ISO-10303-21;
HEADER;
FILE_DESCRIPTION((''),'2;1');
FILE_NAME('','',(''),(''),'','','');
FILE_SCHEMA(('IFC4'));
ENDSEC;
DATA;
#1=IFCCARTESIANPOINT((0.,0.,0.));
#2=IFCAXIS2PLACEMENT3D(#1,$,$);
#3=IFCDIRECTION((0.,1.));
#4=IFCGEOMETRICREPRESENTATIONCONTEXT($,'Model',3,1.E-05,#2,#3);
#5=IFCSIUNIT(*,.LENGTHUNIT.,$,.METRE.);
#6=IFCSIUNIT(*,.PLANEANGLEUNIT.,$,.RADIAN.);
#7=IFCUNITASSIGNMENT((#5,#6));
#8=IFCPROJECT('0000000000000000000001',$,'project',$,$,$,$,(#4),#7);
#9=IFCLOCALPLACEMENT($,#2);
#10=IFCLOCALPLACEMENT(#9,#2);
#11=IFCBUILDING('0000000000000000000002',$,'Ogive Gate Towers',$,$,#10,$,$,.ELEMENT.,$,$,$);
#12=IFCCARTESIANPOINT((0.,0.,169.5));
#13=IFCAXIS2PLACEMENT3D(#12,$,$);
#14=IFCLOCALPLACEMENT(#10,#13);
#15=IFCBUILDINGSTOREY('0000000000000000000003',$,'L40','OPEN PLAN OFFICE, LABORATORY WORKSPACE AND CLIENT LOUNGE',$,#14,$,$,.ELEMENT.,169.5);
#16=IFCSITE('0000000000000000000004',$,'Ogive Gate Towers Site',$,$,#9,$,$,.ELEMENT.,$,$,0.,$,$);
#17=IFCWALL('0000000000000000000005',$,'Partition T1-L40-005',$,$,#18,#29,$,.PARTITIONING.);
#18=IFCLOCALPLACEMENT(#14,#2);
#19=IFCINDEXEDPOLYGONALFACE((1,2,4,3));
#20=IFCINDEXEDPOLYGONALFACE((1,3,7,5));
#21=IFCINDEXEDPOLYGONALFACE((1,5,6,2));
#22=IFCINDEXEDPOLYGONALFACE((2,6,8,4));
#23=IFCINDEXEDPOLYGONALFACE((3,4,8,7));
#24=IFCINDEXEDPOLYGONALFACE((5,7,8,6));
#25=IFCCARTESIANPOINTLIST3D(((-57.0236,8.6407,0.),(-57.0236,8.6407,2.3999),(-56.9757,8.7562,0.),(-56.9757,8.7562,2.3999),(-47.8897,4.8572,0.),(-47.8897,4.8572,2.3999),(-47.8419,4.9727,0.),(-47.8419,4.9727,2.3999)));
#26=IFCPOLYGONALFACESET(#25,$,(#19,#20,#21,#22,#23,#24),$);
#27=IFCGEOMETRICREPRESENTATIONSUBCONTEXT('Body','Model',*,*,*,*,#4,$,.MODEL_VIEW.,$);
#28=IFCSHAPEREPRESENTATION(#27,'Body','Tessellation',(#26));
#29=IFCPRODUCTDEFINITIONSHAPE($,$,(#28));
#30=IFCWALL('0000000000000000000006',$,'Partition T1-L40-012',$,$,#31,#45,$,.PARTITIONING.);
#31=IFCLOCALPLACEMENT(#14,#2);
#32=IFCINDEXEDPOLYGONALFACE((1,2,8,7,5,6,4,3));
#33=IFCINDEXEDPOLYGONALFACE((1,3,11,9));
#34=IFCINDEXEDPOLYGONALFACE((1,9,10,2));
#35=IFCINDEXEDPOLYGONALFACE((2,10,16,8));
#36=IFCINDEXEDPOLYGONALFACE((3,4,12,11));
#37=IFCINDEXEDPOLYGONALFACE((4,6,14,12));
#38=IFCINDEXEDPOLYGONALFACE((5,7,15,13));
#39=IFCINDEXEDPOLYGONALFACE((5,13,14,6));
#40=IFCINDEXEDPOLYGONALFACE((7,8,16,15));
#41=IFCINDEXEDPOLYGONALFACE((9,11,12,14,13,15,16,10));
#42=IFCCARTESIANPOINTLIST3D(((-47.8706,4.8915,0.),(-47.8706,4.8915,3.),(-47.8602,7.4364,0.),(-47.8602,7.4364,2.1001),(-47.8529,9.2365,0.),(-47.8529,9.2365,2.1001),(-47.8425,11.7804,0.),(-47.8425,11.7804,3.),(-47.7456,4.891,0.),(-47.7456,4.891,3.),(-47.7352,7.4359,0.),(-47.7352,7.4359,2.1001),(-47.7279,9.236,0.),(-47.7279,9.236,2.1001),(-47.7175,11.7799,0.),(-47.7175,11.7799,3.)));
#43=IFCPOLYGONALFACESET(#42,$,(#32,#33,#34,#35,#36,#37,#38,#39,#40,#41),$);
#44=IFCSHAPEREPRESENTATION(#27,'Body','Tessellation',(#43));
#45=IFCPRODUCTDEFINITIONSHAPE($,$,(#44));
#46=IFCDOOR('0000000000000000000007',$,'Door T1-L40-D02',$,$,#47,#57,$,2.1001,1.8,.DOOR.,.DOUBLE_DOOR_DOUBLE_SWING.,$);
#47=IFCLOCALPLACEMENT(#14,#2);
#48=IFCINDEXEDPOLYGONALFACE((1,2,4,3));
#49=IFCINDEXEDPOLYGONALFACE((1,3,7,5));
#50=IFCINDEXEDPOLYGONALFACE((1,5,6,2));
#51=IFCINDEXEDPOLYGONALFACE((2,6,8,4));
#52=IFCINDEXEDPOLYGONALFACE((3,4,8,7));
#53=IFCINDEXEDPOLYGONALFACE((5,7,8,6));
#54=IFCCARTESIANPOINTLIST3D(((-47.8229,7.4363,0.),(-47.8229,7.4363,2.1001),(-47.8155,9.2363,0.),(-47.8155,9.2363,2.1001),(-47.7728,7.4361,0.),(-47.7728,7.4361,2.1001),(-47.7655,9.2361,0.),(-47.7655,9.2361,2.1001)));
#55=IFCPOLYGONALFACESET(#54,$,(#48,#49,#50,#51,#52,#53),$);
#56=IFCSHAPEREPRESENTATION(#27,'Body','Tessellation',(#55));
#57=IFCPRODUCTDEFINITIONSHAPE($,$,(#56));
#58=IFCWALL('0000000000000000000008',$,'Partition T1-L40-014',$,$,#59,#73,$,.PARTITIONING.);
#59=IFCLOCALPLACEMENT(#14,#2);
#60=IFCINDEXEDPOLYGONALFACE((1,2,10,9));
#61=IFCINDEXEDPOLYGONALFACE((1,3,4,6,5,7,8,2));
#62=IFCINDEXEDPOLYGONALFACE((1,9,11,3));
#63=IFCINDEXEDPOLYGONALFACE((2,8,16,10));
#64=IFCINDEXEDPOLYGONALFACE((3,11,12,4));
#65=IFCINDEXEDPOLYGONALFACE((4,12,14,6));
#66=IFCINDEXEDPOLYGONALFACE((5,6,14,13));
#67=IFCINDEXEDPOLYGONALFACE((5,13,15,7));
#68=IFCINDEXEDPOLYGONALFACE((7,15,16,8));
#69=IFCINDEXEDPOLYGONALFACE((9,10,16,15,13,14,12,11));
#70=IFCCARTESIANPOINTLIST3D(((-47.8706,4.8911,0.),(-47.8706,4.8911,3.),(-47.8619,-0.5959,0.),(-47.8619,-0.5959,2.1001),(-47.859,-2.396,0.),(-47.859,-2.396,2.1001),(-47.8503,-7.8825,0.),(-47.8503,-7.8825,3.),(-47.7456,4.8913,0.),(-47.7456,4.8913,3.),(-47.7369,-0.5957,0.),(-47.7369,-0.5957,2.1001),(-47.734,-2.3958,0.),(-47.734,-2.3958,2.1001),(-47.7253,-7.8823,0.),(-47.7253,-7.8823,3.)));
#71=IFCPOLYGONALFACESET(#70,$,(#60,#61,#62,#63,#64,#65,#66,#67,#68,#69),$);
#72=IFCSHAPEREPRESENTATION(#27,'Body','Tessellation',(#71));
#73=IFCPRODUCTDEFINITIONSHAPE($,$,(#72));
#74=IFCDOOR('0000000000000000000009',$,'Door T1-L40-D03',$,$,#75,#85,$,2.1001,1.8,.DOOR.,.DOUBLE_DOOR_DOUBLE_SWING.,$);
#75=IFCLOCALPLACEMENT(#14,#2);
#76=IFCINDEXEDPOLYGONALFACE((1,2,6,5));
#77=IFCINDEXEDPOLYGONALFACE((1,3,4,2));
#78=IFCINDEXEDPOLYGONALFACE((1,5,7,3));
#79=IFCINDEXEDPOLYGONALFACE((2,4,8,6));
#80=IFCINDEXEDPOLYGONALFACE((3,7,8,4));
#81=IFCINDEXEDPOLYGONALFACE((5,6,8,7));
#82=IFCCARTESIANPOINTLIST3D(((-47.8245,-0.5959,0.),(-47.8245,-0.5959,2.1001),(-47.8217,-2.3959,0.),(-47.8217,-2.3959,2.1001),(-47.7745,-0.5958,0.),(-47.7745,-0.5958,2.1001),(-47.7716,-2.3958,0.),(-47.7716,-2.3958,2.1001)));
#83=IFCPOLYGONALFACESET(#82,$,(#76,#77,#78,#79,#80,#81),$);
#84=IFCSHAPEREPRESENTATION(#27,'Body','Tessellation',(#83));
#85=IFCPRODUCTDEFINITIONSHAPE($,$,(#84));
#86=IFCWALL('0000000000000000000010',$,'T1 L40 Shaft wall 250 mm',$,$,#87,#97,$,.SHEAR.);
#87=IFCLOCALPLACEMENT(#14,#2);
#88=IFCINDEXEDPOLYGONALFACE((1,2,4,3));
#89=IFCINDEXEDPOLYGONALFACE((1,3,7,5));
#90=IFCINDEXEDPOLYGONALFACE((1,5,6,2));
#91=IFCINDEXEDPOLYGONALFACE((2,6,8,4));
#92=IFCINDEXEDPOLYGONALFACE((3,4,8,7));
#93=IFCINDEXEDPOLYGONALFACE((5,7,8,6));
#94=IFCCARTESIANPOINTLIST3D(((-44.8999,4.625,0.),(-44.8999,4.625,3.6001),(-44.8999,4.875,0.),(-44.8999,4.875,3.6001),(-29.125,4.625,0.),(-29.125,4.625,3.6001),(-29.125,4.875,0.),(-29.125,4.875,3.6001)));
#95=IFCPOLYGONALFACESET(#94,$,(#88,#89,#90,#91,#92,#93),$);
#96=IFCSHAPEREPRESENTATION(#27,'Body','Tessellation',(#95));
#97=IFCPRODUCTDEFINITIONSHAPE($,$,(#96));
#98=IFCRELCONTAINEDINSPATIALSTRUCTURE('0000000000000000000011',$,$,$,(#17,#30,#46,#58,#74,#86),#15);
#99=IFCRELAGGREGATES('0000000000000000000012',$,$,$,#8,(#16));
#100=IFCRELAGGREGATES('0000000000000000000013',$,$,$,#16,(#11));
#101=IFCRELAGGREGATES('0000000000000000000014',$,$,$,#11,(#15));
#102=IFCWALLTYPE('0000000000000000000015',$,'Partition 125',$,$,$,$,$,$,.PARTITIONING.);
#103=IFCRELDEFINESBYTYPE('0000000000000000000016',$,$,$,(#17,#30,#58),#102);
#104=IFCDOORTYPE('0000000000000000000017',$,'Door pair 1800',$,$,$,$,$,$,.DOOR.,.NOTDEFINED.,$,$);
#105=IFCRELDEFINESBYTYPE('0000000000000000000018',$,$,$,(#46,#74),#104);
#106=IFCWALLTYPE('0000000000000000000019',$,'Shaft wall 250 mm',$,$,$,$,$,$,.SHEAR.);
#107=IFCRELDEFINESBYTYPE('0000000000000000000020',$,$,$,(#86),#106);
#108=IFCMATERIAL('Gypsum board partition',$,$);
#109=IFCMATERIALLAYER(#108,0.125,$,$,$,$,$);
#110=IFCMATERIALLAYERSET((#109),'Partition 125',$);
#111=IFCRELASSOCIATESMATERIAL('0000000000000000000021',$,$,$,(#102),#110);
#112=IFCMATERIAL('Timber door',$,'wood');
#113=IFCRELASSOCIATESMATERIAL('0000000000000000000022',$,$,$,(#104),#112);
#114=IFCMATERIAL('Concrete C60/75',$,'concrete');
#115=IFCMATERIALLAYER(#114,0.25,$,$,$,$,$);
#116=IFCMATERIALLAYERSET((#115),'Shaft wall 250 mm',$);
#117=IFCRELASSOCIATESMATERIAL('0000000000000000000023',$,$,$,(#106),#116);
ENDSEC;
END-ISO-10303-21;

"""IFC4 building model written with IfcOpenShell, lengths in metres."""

from ifc_helpers import new_model, si_unit, direction, frame, frame_2d, origin, place, context, subcontext, project, spatial, rectangle, extrude, material, layer, layer_set, type_object, element, fill, save


model = new_model("IFC4")

# Units and contexts
model_context = context("Model", 3, precision=1e-05, world=origin(), true_north=direction((0.0, 1.0)))
body_context = subcontext(model_context, "Body", "Model", "MODEL_VIEW")
ifc_project = project(units=[si_unit("LENGTHUNIT", "METRE"), si_unit("PLANEANGLEUNIT", "RADIAN")], contexts=[model_context])

# Site, building, storey
site_placement = place(None, origin())
site = spatial("IfcSite", under=ifc_project, at=site_placement, Name="Ogive Gate Towers Site", CompositionType="ELEMENT", RefElevation=0.0)
building_placement = place(site_placement, origin())
building = spatial("IfcBuilding", under=site, at=building_placement, Name="Ogive Gate Towers", CompositionType="ELEMENT")
storey_placement = place(building_placement, frame((0.0, 0.0, 169.5)))
storey = spatial("IfcBuildingStorey", under=building, at=storey_placement, Name="L40", Description="OPEN PLAN OFFICE, LABORATORY WORKSPACE AND CLIENT LOUNGE", CompositionType="ELEMENT", Elevation=169.5)

# Shared definitions
ifc_material_1 = material(Name="Concrete C60/75", Category="concrete")
ifc_material_2 = material(Name="Timber door", Category="wood")

# Wall
ifc_material_3 = material(Name="Gypsum board partition")
ifc_layer_1 = layer(ifc_material_3, 0.125)
ifc_layer_set_1 = layer_set([ifc_layer_1], Name="Partition 125")
wall_type_1 = type_object("IfcWallType", Name="Partition 125", PredefinedType="PARTITIONING", material=ifc_layer_set_1)
wall_1_placement = place(storey_placement, frame((-56.9998, 8.6985, 0.0), z_axis=(0.0, 0.0, 1.0), x_axis=(0.923876, -0.382693, 0.0)))
element("IfcWall", 1, at=wall_1_placement, inside=storey, type_object=wall_type_1, Name="Partition T1-L40-005", PredefinedType="PARTITIONING", context=body_context, shape_type="SweptSolid", body=[
    extrude(rectangle(XDim=9.8865, YDim=0.125, at=frame_2d((4.9434, 0.0))), origin(), (0.0, 0.0, 1.0), 2.3999),
])

# Walls, openings, doors
wall_2_placement = place(storey_placement, frame((-47.78, 11.78, 0.0), z_axis=(0.0, 0.0, 1.0), x_axis=(-0.004076, -0.999992, 0.0)))
wall_2 = element("IfcWall", 2, at=wall_2_placement, inside=storey, type_object=wall_type_1, Name="Partition T1-L40-012", PredefinedType="PARTITIONING", context=body_context, shape_type="SweptSolid", body=[
    extrude(rectangle(XDim=6.8889, YDim=0.125, at=frame_2d((3.4443, 0.0))), origin(), (0.0, 0.0, 1.0), 3.0),
])
opening_1_placement = place(wall_2_placement, frame((2.5439, 0.0, 0.0)))
opening_1 = element("IfcOpeningElement", 3, at=opening_1_placement, cuts=wall_2, PredefinedType="OPENING", context=body_context, shape_type="SweptSolid", body=[
    extrude(rectangle(XDim=1.8, YDim=2.1001, at=frame_2d((0.8999, 1.05))), frame((0.0, 0.0725, 0.0), z_axis=(0.0, -1.0, 0.0), x_axis=(1.0, 0.0, 0.0)), (0.0, 0.0, 1.0), 0.145),
])
door_type_1 = type_object("IfcDoorType", Name="Door pair 1800", OperationType="NOTDEFINED", PredefinedType="DOOR", material=ifc_material_2)
door_1_placement = place(opening_1_placement, origin())
door_1 = element("IfcDoor", 4, at=door_1_placement, inside=storey, type_object=door_type_1, Name="Door T1-L40-D02", OperationType="DOUBLE_DOOR_DOUBLE_SWING", OverallHeight=2.1001, OverallWidth=1.8, PredefinedType="DOOR", context=body_context, shape_type="SweptSolid", body=[
    extrude(rectangle(XDim=1.8, YDim=2.1001, at=frame_2d((0.8999, 1.05))), frame((0.0, 0.0249, 0.0), z_axis=(0.0, -1.0, 0.0), x_axis=(1.0, 0.0, 0.0)), (0.0, 0.0, 1.0), 0.05),
])
fill(opening_1, door_1)
wall_3_placement = place(storey_placement, frame((-47.8081, 4.8911, 0.0), z_axis=(0.0, 0.0, 1.0), x_axis=(0.001586, -0.999999, 0.0)))
wall_3 = element("IfcWall", 5, at=wall_3_placement, inside=storey, type_object=wall_type_1, Name="Partition T1-L40-014", PredefinedType="PARTITIONING", context=body_context, shape_type="SweptSolid", body=[
    extrude(rectangle(XDim=12.7737, YDim=0.125, at=frame_2d((6.3867, 0.0))), origin(), (0.0, 0.0, 1.0), 3.0),
])
opening_2_placement = place(wall_3_placement, frame((5.4871, 0.0, 0.0)))
opening_2 = element("IfcOpeningElement", 6, at=opening_2_placement, cuts=wall_3, PredefinedType="OPENING", context=body_context, shape_type="SweptSolid", body=[
    extrude(rectangle(XDim=1.8, YDim=2.1001, at=frame_2d((0.8999, 1.05))), frame((0.0, 0.0725, 0.0), z_axis=(0.0, -1.0, 0.0), x_axis=(1.0, 0.0, 0.0)), (0.0, 0.0, 1.0), 0.145),
])
door_2_placement = place(opening_2_placement, origin())
door_2 = element("IfcDoor", 7, at=door_2_placement, inside=storey, type_object=door_type_1, Name="Door T1-L40-D03", OperationType="DOUBLE_DOOR_DOUBLE_SWING", OverallHeight=2.1001, OverallWidth=1.8, PredefinedType="DOOR", context=body_context, shape_type="SweptSolid", body=[
    extrude(rectangle(XDim=1.8, YDim=2.1001, at=frame_2d((0.8999, 1.05))), frame((0.0, 0.0249, 0.0), z_axis=(0.0, -1.0, 0.0), x_axis=(1.0, 0.0, 0.0)), (0.0, 0.0, 1.0), 0.05),
])
fill(opening_2, door_2)

# Wall
ifc_layer_2 = layer(ifc_material_1, 0.25)
ifc_layer_set_2 = layer_set([ifc_layer_2], Name="Shaft wall 250 mm")
wall_type_2 = type_object("IfcWallType", Name="Shaft wall 250 mm", PredefinedType="SHEAR", material=ifc_layer_set_2)
wall_4_placement = place(storey_placement, frame((-44.8999, 4.75, 0.0), z_axis=(0.0, 0.0, 1.0), x_axis=(1.0, 0.0, 0.0)))
element("IfcWall", 8, at=wall_4_placement, inside=storey, type_object=wall_type_2, Name="T1 L40 Shaft wall 250 mm", PredefinedType="SHEAR", context=body_context, shape_type="SweptSolid", body=[
    extrude(rectangle(XDim=15.7749, YDim=0.25, at=frame_2d((7.8875, 0.0))), origin(), (0.0, 0.0, 1.0), 3.6001),
])

save(model, "model.ifc")
